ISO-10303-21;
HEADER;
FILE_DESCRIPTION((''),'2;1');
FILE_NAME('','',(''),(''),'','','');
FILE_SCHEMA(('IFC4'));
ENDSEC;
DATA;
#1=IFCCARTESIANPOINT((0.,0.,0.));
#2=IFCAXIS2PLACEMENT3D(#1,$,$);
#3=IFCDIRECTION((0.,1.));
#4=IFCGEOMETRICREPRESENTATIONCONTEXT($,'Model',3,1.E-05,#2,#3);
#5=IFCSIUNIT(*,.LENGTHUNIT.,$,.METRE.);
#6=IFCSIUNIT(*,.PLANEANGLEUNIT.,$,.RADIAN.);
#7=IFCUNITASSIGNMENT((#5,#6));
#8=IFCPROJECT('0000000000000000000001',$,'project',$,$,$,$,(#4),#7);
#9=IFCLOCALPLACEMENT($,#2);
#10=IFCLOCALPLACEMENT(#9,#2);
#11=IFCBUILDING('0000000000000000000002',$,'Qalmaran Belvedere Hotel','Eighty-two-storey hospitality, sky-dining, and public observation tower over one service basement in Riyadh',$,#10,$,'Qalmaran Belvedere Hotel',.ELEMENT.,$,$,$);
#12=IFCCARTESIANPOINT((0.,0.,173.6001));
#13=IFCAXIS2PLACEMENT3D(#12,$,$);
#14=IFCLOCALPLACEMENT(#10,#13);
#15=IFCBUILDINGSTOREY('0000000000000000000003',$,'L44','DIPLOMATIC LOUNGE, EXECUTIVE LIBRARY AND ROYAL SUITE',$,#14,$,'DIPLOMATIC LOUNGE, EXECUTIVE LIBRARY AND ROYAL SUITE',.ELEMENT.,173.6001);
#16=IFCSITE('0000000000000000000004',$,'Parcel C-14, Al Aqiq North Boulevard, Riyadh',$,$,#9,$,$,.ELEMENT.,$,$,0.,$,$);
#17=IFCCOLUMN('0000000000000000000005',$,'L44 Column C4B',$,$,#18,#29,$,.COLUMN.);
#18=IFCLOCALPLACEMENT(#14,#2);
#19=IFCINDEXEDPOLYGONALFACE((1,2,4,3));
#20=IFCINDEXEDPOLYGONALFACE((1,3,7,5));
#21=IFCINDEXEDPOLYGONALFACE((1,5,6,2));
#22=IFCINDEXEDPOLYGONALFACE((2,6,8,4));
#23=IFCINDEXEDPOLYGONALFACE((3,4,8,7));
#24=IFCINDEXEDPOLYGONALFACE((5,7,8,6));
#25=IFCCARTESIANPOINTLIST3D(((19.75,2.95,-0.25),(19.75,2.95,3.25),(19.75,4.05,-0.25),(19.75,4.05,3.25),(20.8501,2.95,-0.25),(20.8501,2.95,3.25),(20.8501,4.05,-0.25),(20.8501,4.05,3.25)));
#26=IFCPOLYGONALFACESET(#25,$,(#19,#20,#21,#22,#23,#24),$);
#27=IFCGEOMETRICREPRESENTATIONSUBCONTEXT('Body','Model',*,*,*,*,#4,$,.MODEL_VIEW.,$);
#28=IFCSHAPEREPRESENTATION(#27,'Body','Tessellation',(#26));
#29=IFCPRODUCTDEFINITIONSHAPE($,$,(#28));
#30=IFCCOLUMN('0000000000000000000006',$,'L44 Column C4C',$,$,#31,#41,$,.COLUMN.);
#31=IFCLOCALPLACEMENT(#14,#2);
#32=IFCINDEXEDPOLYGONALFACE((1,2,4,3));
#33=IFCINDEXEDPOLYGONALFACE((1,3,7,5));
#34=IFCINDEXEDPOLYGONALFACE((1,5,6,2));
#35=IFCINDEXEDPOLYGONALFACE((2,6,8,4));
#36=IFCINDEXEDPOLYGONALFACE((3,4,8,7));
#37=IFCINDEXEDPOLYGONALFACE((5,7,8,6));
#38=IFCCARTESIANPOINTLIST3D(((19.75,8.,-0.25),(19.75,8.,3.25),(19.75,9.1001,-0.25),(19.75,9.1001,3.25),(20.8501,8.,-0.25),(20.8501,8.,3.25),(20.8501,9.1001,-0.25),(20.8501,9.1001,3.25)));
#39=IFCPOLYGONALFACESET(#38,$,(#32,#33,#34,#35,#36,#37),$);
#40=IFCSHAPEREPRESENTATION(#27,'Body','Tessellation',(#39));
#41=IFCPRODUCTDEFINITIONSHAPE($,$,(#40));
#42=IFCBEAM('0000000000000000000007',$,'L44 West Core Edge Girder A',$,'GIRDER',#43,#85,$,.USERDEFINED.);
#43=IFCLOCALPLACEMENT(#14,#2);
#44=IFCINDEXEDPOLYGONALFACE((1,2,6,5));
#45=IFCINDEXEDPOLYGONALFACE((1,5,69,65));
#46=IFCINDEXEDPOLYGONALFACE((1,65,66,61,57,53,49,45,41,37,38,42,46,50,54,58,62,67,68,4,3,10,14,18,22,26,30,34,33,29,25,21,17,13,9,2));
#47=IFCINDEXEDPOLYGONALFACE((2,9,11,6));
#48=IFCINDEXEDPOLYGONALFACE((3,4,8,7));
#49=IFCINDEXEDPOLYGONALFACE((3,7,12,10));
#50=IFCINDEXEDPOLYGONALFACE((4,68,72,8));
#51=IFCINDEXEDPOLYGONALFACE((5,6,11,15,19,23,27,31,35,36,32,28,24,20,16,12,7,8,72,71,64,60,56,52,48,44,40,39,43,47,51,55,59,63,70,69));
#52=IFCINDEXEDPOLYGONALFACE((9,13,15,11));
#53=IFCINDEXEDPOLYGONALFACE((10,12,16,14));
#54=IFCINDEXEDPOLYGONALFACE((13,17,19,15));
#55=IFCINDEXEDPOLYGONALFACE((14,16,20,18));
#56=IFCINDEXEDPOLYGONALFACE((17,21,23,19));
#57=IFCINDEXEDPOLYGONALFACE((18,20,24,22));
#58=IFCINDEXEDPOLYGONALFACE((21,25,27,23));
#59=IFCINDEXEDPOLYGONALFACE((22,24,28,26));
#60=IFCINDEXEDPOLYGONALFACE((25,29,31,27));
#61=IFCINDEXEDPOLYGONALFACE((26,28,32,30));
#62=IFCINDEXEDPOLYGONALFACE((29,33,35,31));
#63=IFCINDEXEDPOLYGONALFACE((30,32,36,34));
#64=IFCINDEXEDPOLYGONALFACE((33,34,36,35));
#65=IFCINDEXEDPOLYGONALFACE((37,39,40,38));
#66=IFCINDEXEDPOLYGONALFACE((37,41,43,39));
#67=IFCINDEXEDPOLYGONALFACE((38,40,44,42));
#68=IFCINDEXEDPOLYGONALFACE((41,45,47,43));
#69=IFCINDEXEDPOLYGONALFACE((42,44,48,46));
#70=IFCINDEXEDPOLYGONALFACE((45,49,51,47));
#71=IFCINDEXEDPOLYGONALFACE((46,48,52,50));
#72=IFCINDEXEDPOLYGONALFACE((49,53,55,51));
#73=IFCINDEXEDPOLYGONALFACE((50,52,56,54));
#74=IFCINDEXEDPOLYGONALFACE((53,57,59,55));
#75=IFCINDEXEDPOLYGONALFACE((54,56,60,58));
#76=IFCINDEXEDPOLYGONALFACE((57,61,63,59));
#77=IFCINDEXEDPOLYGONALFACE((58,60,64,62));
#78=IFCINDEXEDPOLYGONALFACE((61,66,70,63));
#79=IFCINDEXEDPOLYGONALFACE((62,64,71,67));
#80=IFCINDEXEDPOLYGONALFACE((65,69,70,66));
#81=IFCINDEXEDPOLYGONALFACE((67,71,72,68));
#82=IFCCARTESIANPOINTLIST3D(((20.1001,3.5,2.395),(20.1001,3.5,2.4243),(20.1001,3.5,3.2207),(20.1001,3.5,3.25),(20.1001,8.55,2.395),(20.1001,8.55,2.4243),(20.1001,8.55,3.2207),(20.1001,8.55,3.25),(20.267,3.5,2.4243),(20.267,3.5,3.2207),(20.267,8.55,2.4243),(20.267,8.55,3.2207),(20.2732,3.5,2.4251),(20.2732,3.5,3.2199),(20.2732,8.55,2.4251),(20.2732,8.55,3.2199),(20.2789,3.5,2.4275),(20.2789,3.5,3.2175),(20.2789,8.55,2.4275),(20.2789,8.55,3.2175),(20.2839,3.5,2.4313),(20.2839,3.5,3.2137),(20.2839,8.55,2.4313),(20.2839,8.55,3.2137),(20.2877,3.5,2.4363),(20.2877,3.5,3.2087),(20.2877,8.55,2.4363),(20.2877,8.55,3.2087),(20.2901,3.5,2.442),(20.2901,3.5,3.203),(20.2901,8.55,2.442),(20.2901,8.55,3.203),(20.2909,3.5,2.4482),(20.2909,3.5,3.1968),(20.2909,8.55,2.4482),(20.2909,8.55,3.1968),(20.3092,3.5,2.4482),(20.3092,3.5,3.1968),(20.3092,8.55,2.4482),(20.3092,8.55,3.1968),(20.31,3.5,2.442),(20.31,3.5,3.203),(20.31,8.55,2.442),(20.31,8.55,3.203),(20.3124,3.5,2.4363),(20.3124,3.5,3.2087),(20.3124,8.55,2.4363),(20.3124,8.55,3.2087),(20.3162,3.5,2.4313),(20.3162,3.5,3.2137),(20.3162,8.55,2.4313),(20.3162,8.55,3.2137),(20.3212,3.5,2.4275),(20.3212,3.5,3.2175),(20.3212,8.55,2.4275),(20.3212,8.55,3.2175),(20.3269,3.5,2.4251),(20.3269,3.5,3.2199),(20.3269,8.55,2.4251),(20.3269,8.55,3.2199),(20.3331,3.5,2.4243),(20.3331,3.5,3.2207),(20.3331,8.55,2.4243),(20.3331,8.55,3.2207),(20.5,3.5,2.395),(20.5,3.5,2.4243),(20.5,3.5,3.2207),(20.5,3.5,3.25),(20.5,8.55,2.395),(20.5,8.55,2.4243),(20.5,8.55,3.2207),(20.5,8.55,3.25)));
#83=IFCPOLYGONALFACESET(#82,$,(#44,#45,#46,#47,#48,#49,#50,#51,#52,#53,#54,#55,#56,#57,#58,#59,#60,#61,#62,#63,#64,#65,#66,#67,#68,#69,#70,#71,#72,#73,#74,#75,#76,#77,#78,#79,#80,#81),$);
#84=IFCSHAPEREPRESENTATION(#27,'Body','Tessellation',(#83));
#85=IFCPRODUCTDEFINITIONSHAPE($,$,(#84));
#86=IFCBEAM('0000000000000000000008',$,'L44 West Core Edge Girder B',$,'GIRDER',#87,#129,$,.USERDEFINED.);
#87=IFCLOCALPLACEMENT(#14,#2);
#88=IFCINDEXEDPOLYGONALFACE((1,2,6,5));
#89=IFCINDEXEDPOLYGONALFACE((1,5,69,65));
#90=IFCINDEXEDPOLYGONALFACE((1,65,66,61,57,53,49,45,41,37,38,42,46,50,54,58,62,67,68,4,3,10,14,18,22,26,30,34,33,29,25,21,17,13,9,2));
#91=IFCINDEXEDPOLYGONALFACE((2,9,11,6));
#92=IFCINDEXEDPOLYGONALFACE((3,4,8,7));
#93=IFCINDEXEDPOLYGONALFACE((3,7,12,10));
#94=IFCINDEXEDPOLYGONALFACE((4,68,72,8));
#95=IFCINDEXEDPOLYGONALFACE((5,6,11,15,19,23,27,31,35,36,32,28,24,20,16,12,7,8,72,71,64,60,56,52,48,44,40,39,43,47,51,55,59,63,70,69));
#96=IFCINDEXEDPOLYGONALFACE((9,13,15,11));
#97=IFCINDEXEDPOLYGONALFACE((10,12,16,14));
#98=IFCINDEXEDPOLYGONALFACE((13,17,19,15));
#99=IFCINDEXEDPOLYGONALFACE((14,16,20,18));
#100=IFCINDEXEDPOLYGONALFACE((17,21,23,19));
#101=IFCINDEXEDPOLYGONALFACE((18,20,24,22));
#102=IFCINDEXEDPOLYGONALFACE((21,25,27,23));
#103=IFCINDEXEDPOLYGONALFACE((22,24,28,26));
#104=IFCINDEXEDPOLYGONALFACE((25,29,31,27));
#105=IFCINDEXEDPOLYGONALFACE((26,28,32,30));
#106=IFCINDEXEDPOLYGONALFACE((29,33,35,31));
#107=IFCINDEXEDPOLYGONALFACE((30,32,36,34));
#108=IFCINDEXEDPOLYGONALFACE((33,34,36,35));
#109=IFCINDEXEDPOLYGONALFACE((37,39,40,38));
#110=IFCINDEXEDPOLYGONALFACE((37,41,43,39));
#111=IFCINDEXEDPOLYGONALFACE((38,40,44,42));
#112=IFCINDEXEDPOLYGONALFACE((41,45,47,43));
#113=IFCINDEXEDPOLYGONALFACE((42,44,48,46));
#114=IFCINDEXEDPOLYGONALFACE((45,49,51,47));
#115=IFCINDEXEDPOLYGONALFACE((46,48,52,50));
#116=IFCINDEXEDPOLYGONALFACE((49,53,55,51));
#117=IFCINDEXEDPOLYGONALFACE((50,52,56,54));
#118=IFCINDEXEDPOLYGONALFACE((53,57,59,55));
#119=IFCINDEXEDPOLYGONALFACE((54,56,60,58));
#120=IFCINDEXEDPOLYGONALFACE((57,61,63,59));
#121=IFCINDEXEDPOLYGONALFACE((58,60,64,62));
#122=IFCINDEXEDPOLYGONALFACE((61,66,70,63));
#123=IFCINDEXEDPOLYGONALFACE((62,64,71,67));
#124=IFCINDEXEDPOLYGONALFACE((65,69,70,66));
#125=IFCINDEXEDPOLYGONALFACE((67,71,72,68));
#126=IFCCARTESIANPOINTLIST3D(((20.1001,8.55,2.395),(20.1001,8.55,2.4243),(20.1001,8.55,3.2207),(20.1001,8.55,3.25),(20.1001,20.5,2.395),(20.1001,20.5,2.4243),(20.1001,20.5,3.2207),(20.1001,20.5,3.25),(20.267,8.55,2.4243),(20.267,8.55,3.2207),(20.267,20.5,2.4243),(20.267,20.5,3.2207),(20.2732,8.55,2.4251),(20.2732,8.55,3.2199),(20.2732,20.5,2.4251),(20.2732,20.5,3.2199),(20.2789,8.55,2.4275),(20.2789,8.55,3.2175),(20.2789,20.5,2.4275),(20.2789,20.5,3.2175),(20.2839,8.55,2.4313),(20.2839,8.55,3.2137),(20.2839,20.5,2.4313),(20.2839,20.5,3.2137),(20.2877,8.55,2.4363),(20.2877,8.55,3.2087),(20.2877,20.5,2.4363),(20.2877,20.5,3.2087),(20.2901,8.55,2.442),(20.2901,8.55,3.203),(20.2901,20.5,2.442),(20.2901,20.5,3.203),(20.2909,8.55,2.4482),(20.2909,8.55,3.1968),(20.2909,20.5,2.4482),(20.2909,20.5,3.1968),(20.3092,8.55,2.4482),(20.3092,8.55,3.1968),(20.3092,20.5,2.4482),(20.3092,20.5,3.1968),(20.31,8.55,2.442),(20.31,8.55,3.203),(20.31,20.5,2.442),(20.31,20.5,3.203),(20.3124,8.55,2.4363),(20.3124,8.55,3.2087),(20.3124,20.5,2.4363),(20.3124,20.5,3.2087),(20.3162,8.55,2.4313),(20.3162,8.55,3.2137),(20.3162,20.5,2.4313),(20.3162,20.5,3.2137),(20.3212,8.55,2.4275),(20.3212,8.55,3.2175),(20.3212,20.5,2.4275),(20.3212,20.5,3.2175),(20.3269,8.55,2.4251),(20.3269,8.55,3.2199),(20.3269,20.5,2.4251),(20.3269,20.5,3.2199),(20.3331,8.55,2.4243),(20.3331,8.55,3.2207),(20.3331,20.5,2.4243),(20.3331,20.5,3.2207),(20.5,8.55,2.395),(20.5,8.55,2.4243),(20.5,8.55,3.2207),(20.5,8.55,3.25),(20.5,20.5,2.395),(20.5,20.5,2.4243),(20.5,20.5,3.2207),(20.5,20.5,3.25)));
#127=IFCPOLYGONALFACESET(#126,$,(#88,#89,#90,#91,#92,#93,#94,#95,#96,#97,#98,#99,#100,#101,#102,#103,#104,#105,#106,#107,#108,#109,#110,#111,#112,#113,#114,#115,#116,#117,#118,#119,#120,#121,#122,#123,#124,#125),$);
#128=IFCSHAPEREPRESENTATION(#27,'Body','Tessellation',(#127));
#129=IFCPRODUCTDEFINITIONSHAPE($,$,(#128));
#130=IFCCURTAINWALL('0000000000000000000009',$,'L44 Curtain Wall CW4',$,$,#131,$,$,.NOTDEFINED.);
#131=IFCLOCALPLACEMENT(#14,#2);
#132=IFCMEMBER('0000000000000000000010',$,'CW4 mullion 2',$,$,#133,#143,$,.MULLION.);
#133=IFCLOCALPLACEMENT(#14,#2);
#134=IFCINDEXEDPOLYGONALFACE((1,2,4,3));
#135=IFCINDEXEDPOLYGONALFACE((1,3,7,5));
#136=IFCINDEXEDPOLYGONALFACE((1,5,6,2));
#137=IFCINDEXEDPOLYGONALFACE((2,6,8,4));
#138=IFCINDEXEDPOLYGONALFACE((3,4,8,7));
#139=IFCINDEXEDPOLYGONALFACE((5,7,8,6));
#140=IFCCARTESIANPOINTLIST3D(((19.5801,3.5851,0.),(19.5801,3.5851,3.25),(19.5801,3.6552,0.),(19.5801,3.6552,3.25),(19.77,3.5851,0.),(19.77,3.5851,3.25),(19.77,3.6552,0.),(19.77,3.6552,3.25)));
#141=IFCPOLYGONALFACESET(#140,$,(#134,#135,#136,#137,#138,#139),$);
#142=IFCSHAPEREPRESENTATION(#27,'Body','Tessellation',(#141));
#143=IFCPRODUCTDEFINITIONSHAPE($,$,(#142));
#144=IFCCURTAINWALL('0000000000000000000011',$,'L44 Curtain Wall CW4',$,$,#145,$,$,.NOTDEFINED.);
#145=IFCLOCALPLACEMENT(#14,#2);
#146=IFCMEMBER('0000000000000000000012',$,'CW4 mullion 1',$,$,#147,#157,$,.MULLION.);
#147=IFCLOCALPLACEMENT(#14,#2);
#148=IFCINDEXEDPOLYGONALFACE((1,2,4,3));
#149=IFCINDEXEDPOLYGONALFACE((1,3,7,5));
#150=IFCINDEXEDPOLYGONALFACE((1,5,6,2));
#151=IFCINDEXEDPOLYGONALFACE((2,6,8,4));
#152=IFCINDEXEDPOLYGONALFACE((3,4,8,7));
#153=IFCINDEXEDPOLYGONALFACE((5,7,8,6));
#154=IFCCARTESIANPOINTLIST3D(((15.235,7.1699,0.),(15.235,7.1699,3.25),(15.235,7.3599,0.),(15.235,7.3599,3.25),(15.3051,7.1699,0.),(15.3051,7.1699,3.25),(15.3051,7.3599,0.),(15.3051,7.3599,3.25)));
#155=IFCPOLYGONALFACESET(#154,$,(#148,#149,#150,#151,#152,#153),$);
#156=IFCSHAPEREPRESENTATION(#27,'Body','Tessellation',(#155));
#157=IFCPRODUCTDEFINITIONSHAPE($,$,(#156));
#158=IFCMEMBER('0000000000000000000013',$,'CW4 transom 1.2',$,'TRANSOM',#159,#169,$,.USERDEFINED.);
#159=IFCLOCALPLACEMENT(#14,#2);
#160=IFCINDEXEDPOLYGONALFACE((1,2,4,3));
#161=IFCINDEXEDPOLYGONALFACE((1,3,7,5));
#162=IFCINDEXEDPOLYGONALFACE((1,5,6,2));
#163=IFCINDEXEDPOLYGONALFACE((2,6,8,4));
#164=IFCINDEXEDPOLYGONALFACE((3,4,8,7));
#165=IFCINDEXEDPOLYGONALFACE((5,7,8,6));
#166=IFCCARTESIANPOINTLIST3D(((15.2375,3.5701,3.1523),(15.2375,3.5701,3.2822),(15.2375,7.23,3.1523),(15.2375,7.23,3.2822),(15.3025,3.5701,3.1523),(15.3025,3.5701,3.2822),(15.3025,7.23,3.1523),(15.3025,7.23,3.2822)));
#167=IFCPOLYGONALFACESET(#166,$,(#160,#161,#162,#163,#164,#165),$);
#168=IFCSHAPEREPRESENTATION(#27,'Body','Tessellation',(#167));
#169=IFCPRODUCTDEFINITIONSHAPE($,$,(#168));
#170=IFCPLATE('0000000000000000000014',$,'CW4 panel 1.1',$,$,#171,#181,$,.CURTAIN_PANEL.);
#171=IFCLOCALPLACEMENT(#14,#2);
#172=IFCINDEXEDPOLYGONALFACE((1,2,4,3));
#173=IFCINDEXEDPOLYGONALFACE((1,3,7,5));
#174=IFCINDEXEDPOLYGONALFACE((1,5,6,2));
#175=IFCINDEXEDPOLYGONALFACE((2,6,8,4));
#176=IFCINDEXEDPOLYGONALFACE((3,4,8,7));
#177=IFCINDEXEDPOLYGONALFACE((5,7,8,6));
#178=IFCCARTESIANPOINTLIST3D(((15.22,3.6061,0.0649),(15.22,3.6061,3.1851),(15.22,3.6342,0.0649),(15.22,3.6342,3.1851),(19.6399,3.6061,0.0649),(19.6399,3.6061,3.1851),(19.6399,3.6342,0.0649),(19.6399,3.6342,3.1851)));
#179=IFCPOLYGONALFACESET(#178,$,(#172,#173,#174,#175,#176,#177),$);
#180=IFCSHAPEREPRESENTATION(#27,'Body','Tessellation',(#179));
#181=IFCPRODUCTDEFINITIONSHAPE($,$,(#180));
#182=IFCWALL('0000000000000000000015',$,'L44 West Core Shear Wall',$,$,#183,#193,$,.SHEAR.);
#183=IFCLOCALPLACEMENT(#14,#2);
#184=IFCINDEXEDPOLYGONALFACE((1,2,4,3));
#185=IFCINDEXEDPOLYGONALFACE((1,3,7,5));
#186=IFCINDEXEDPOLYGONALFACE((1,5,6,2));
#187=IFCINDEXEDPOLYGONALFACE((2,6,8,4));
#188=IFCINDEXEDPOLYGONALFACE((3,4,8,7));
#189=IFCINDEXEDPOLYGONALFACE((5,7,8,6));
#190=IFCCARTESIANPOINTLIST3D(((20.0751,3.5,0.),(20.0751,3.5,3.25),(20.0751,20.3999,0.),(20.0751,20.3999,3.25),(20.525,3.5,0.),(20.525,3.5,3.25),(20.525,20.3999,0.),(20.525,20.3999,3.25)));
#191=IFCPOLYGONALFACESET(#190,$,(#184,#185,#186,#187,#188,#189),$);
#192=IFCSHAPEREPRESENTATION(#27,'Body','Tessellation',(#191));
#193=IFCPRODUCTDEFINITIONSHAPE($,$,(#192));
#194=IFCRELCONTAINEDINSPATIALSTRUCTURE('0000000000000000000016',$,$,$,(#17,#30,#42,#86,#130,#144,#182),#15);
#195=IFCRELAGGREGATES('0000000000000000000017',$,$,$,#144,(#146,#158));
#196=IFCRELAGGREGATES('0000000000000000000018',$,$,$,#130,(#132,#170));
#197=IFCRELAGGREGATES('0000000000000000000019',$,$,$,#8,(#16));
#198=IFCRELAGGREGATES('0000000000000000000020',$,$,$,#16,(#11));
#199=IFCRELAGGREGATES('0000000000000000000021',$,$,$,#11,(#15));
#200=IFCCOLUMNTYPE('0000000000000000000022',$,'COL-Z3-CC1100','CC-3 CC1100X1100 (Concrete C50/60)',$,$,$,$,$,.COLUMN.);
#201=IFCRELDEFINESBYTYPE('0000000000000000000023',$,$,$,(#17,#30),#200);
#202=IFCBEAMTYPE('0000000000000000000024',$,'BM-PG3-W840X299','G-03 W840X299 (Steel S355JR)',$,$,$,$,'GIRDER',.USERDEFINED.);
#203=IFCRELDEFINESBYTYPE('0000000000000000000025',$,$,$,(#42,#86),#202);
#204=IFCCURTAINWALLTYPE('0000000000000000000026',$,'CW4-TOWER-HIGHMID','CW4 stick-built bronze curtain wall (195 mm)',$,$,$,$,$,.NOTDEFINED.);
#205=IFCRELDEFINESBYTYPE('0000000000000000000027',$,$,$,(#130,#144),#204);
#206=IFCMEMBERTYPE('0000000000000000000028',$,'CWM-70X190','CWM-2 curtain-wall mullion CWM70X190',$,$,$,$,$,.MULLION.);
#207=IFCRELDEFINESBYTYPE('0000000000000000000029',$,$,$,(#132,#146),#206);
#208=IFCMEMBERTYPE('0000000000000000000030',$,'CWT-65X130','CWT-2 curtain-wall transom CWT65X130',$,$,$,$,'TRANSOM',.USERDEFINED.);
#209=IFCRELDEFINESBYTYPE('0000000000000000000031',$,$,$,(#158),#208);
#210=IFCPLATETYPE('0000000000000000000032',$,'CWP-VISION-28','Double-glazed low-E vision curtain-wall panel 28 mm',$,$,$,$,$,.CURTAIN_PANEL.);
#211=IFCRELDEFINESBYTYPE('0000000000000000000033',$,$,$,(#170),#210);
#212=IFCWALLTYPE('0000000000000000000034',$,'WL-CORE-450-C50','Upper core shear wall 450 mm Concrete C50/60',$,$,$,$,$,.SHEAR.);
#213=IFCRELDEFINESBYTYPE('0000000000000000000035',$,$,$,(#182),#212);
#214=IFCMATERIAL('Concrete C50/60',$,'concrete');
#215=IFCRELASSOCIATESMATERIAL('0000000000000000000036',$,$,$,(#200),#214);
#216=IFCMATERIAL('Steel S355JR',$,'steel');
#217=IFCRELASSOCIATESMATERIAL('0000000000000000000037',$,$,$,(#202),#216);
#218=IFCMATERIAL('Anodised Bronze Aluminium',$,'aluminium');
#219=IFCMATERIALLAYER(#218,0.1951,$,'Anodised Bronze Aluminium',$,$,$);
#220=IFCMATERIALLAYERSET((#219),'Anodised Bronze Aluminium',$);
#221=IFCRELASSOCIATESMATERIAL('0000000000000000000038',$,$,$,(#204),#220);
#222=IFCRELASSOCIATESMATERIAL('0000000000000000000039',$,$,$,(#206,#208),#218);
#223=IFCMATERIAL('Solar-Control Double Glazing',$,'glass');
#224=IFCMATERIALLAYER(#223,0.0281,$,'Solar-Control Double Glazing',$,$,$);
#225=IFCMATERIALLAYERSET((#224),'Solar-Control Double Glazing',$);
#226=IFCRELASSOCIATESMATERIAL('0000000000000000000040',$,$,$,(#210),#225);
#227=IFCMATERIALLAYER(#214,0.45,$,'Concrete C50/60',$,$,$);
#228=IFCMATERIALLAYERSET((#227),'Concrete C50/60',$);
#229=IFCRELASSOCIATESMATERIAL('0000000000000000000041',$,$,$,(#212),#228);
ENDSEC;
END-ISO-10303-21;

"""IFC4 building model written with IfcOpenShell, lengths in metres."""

from ifc_helpers import new_model, si_unit, direction, frame, frame_2d, origin, origin_2d, place, context, subcontext, project, spatial, rectangle, i_section, extrude, material, layer, layer_set, material_profile, profile_set, type_object, element, aggregate, save


model = new_model("IFC4")

# Units and contexts
model_context = context("Model", 3, precision=1e-05, world=origin(), true_north=direction((0.0, 1.0)))
body_context = subcontext(model_context, "Body", "Model", "MODEL_VIEW")
ifc_project = project(units=[si_unit("LENGTHUNIT", "METRE"), si_unit("PLANEANGLEUNIT", "RADIAN")], contexts=[model_context])

# Site, building, storey
site_placement = place(None, origin())
site = spatial("IfcSite", under=ifc_project, at=site_placement, Name="Parcel C-14, Al Aqiq North Boulevard, Riyadh", CompositionType="ELEMENT", RefElevation=0.0)
building_placement = place(site_placement, origin())
building = spatial("IfcBuilding", under=site, at=building_placement, Name="Qalmaran Belvedere Hotel", Description="Eighty-two-storey hospitality, sky-dining, and public observation tower over one service basement in Riyadh", LongName="Qalmaran Belvedere Hotel", CompositionType="ELEMENT")
storey_placement = place(building_placement, frame((0.0, 0.0, 173.6001)))
storey = spatial("IfcBuildingStorey", under=building, at=storey_placement, Name="L44", Description="DIPLOMATIC LOUNGE, EXECUTIVE LIBRARY AND ROYAL SUITE", LongName="DIPLOMATIC LOUNGE, EXECUTIVE LIBRARY AND ROYAL SUITE", CompositionType="ELEMENT", Elevation=173.6001)

# Columns
ifc_material_1 = material(Name="Concrete C50/60", Category="concrete")
ifc_material_profile_1 = material_profile(ifc_material_1, rectangle(XDim=1.1001, YDim=1.1001, at=origin_2d()), Name="CC1100X1100")
ifc_profile_set_1 = profile_set([ifc_material_profile_1], Name="Concrete C50/60")
column_type = type_object("IfcColumnType", Name="COL-Z3-CC1100", Description="CC-3 CC1100X1100 (Concrete C50/60)", PredefinedType="COLUMN", material=ifc_profile_set_1)
for number, where, z_axis, x_axis, name in (
    (1, (20.3, 3.5, -0.25), (0.0, 0.0, 1.0), (1.0, 0.0, 0.0), "L44 Column C4B"),
    (2, (20.3, 8.55, -0.25), (0.0, 0.0, 1.0), (1.0, 0.0, 0.0), "L44 Column C4C"),
):
    element("IfcColumn", number, at=place(storey_placement, frame(where, z_axis=z_axis, x_axis=x_axis)), inside=storey, type_object=column_type, Name=name, PredefinedType="COLUMN", context=body_context, shape_type="SweptSolid", body=[
        extrude(rectangle(XDim=1.1001, YDim=1.1001, at=origin_2d()), origin(), (0.0, 0.0, 1.0), 3.5),
    ])

# Beams
ifc_material_2 = material(Name="Steel S355JR", Category="steel")
ifc_material_profile_2 = material_profile(ifc_material_2, i_section(OverallWidth=0.3999, OverallDepth=0.855, WebThickness=0.0183, FlangeThickness=0.0293, FilletRadius=0.0239, at=origin_2d()), Name="W840X299")
ifc_profile_set_2 = profile_set([ifc_material_profile_2], Name="Steel S355JR")
beam_type = type_object("IfcBeamType", Name="BM-PG3-W840X299", Description="G-03 W840X299 (Steel S355JR)", ElementType="GIRDER", PredefinedType="USERDEFINED", material=ifc_profile_set_2)
beam_1_placement = place(storey_placement, frame((20.3, 3.5, 2.8225), z_axis=(0.0, 1.0, 0.0), x_axis=(-1.0, 0.0, 0.0)))
element("IfcBeam", 3, at=beam_1_placement, inside=storey, type_object=beam_type, Name="L44 West Core Edge Girder A", ObjectType="GIRDER", PredefinedType="USERDEFINED", context=body_context, shape_type="SweptSolid", body=[
    extrude(i_section(OverallWidth=0.3999, OverallDepth=0.855, WebThickness=0.0183, FlangeThickness=0.0293, FilletRadius=0.0239, at=origin_2d()), origin(), (0.0, 0.0, 1.0), 5.05),
])
beam_2_placement = place(storey_placement, frame((20.3, 8.55, 2.8225), z_axis=(0.0, 1.0, 0.0), x_axis=(-1.0, 0.0, 0.0)))
element("IfcBeam", 4, at=beam_2_placement, inside=storey, type_object=beam_type, Name="L44 West Core Edge Girder B", ObjectType="GIRDER", PredefinedType="USERDEFINED", context=body_context, shape_type="SweptSolid", body=[
    extrude(i_section(OverallWidth=0.3999, OverallDepth=0.855, WebThickness=0.0183, FlangeThickness=0.0293, FilletRadius=0.0239, at=origin_2d()), origin(), (0.0, 0.0, 1.0), 11.95),
])

# Curtain wall, member
ifc_material_3 = material(Name="Anodised Bronze Aluminium", Category="aluminium")
ifc_layer_1 = layer(ifc_material_3, 0.1951, Name="Anodised Bronze Aluminium")
ifc_layer_set_1 = layer_set([ifc_layer_1], Name="Anodised Bronze Aluminium")
curtain_wall_type = type_object("IfcCurtainWallType", Name="CW4-TOWER-HIGHMID", Description="CW4 stick-built bronze curtain wall (195 mm)", PredefinedType="NOTDEFINED", material=ifc_layer_set_1)
curtain_wall_1_placement = place(storey_placement, origin())
curtain_wall_1 = element("IfcCurtainWall", 5, at=curtain_wall_1_placement, inside=storey, type_object=curtain_wall_type, Name="L44 Curtain Wall CW4", PredefinedType="NOTDEFINED")
ifc_material_profile_3 = material_profile(ifc_material_3, rectangle(XDim=0.0701, YDim=0.1899, at=origin_2d()), Name="CWM70X190")
ifc_profile_set_3 = profile_set([ifc_material_profile_3], Name="Anodised Bronze Aluminium")
member_type_1 = type_object("IfcMemberType", Name="CWM-70X190", Description="CWM-2 curtain-wall mullion CWM70X190", PredefinedType="MULLION", material=ifc_profile_set_3)
member_1_placement = place(storey_placement, frame((19.675, 3.6201, 0.0), z_axis=(0.0, 0.0, 1.0), x_axis=(0.0, 1.0, 0.0)))
member_1 = element("IfcMember", 6, at=member_1_placement, type_object=member_type_1, Name="CW4 mullion 2", PredefinedType="MULLION", context=body_context, shape_type="SweptSolid", body=[
    extrude(rectangle(XDim=0.0701, YDim=0.1899, at=origin_2d()), origin(), (0.0, 0.0, 1.0), 3.25),
])

# Curtain wall, members
curtain_wall_2_placement = place(storey_placement, origin())
curtain_wall_2 = element("IfcCurtainWall", 7, at=curtain_wall_2_placement, inside=storey, type_object=curtain_wall_type, Name="L44 Curtain Wall CW4", PredefinedType="NOTDEFINED")
member_2_placement = place(storey_placement, frame((15.27, 7.2649, 0.0), z_axis=(0.0, 0.0, 1.0), x_axis=(1.0, 0.0, 0.0)))
member_2 = element("IfcMember", 8, at=member_2_placement, type_object=member_type_1, Name="CW4 mullion 1", PredefinedType="MULLION", context=body_context, shape_type="SweptSolid", body=[
    extrude(rectangle(XDim=0.0701, YDim=0.1899, at=origin_2d()), origin(), (0.0, 0.0, 1.0), 3.25),
])
ifc_material_profile_4 = material_profile(ifc_material_3, rectangle(XDim=0.0649, YDim=0.1299, at=origin_2d()), Name="CWT65X130")
ifc_profile_set_4 = profile_set([ifc_material_profile_4], Name="Anodised Bronze Aluminium")
member_type_2 = type_object("IfcMemberType", Name="CWT-65X130", Description="CWT-2 curtain-wall transom CWT65X130", ElementType="TRANSOM", PredefinedType="USERDEFINED", material=ifc_profile_set_4)
member_3_placement = place(storey_placement, frame((15.27, 7.23, 3.2173), z_axis=(0.0, -1.0, 0.0), x_axis=(1.0, 0.0, 0.0)))
member_3 = element("IfcMember", 9, at=member_3_placement, type_object=member_type_2, Name="CW4 transom 1.2", ObjectType="TRANSOM", PredefinedType="USERDEFINED", context=body_context, shape_type="SweptSolid", body=[
    extrude(rectangle(XDim=0.0649, YDim=0.1299, at=origin_2d()), origin(), (0.0, 0.0, 1.0), 3.6599),
])
aggregate(curtain_wall_2, [member_2, member_3])

# Plate
ifc_material_4 = material(Name="Solar-Control Double Glazing", Category="glass")
ifc_layer_2 = layer(ifc_material_4, 0.0281, Name="Solar-Control Double Glazing")
ifc_layer_set_2 = layer_set([ifc_layer_2], Name="Solar-Control Double Glazing")
plate_type = type_object("IfcPlateType", Name="CWP-VISION-28", Description="Double-glazed low-E vision curtain-wall panel 28 mm", PredefinedType="CURTAIN_PANEL", material=ifc_layer_set_2)
plate_placement = place(storey_placement, frame((17.4299, 3.6201, 0.0649), z_axis=(0.0, 0.0, 1.0), x_axis=(1.0, 0.0, 0.0)))
plate = element("IfcPlate", 10, at=plate_placement, type_object=plate_type, Name="CW4 panel 1.1", PredefinedType="CURTAIN_PANEL", context=body_context, shape_type="SweptSolid", body=[
    extrude(rectangle(XDim=4.4199, YDim=0.0281, at=origin_2d()), origin(), (0.0, 0.0, 1.0), 3.1201),
])
aggregate(curtain_wall_1, [member_1, plate])

# Wall
ifc_layer_3 = layer(ifc_material_1, 0.45, Name="Concrete C50/60")
ifc_layer_set_3 = layer_set([ifc_layer_3], Name="Concrete C50/60")
wall_type_1 = type_object("IfcWallType", Name="WL-CORE-450-C50", Description="Upper core shear wall 450 mm Concrete C50/60", PredefinedType="SHEAR", material=ifc_layer_set_3)
wall_1_placement = place(storey_placement, frame((20.3, 3.5, 0.0), z_axis=(0.0, 0.0, 1.0), x_axis=(0.0, 1.0, 0.0)))
element("IfcWall", 11, at=wall_1_placement, inside=storey, type_object=wall_type_1, Name="L44 West Core Shear Wall", PredefinedType="SHEAR", context=body_context, shape_type="SweptSolid", body=[
    extrude(rectangle(XDim=16.8999, YDim=0.45, at=frame_2d((8.45, 0.0))), origin(), (0.0, 0.0, 1.0), 3.25),
])

save(model, "model.ifc")
